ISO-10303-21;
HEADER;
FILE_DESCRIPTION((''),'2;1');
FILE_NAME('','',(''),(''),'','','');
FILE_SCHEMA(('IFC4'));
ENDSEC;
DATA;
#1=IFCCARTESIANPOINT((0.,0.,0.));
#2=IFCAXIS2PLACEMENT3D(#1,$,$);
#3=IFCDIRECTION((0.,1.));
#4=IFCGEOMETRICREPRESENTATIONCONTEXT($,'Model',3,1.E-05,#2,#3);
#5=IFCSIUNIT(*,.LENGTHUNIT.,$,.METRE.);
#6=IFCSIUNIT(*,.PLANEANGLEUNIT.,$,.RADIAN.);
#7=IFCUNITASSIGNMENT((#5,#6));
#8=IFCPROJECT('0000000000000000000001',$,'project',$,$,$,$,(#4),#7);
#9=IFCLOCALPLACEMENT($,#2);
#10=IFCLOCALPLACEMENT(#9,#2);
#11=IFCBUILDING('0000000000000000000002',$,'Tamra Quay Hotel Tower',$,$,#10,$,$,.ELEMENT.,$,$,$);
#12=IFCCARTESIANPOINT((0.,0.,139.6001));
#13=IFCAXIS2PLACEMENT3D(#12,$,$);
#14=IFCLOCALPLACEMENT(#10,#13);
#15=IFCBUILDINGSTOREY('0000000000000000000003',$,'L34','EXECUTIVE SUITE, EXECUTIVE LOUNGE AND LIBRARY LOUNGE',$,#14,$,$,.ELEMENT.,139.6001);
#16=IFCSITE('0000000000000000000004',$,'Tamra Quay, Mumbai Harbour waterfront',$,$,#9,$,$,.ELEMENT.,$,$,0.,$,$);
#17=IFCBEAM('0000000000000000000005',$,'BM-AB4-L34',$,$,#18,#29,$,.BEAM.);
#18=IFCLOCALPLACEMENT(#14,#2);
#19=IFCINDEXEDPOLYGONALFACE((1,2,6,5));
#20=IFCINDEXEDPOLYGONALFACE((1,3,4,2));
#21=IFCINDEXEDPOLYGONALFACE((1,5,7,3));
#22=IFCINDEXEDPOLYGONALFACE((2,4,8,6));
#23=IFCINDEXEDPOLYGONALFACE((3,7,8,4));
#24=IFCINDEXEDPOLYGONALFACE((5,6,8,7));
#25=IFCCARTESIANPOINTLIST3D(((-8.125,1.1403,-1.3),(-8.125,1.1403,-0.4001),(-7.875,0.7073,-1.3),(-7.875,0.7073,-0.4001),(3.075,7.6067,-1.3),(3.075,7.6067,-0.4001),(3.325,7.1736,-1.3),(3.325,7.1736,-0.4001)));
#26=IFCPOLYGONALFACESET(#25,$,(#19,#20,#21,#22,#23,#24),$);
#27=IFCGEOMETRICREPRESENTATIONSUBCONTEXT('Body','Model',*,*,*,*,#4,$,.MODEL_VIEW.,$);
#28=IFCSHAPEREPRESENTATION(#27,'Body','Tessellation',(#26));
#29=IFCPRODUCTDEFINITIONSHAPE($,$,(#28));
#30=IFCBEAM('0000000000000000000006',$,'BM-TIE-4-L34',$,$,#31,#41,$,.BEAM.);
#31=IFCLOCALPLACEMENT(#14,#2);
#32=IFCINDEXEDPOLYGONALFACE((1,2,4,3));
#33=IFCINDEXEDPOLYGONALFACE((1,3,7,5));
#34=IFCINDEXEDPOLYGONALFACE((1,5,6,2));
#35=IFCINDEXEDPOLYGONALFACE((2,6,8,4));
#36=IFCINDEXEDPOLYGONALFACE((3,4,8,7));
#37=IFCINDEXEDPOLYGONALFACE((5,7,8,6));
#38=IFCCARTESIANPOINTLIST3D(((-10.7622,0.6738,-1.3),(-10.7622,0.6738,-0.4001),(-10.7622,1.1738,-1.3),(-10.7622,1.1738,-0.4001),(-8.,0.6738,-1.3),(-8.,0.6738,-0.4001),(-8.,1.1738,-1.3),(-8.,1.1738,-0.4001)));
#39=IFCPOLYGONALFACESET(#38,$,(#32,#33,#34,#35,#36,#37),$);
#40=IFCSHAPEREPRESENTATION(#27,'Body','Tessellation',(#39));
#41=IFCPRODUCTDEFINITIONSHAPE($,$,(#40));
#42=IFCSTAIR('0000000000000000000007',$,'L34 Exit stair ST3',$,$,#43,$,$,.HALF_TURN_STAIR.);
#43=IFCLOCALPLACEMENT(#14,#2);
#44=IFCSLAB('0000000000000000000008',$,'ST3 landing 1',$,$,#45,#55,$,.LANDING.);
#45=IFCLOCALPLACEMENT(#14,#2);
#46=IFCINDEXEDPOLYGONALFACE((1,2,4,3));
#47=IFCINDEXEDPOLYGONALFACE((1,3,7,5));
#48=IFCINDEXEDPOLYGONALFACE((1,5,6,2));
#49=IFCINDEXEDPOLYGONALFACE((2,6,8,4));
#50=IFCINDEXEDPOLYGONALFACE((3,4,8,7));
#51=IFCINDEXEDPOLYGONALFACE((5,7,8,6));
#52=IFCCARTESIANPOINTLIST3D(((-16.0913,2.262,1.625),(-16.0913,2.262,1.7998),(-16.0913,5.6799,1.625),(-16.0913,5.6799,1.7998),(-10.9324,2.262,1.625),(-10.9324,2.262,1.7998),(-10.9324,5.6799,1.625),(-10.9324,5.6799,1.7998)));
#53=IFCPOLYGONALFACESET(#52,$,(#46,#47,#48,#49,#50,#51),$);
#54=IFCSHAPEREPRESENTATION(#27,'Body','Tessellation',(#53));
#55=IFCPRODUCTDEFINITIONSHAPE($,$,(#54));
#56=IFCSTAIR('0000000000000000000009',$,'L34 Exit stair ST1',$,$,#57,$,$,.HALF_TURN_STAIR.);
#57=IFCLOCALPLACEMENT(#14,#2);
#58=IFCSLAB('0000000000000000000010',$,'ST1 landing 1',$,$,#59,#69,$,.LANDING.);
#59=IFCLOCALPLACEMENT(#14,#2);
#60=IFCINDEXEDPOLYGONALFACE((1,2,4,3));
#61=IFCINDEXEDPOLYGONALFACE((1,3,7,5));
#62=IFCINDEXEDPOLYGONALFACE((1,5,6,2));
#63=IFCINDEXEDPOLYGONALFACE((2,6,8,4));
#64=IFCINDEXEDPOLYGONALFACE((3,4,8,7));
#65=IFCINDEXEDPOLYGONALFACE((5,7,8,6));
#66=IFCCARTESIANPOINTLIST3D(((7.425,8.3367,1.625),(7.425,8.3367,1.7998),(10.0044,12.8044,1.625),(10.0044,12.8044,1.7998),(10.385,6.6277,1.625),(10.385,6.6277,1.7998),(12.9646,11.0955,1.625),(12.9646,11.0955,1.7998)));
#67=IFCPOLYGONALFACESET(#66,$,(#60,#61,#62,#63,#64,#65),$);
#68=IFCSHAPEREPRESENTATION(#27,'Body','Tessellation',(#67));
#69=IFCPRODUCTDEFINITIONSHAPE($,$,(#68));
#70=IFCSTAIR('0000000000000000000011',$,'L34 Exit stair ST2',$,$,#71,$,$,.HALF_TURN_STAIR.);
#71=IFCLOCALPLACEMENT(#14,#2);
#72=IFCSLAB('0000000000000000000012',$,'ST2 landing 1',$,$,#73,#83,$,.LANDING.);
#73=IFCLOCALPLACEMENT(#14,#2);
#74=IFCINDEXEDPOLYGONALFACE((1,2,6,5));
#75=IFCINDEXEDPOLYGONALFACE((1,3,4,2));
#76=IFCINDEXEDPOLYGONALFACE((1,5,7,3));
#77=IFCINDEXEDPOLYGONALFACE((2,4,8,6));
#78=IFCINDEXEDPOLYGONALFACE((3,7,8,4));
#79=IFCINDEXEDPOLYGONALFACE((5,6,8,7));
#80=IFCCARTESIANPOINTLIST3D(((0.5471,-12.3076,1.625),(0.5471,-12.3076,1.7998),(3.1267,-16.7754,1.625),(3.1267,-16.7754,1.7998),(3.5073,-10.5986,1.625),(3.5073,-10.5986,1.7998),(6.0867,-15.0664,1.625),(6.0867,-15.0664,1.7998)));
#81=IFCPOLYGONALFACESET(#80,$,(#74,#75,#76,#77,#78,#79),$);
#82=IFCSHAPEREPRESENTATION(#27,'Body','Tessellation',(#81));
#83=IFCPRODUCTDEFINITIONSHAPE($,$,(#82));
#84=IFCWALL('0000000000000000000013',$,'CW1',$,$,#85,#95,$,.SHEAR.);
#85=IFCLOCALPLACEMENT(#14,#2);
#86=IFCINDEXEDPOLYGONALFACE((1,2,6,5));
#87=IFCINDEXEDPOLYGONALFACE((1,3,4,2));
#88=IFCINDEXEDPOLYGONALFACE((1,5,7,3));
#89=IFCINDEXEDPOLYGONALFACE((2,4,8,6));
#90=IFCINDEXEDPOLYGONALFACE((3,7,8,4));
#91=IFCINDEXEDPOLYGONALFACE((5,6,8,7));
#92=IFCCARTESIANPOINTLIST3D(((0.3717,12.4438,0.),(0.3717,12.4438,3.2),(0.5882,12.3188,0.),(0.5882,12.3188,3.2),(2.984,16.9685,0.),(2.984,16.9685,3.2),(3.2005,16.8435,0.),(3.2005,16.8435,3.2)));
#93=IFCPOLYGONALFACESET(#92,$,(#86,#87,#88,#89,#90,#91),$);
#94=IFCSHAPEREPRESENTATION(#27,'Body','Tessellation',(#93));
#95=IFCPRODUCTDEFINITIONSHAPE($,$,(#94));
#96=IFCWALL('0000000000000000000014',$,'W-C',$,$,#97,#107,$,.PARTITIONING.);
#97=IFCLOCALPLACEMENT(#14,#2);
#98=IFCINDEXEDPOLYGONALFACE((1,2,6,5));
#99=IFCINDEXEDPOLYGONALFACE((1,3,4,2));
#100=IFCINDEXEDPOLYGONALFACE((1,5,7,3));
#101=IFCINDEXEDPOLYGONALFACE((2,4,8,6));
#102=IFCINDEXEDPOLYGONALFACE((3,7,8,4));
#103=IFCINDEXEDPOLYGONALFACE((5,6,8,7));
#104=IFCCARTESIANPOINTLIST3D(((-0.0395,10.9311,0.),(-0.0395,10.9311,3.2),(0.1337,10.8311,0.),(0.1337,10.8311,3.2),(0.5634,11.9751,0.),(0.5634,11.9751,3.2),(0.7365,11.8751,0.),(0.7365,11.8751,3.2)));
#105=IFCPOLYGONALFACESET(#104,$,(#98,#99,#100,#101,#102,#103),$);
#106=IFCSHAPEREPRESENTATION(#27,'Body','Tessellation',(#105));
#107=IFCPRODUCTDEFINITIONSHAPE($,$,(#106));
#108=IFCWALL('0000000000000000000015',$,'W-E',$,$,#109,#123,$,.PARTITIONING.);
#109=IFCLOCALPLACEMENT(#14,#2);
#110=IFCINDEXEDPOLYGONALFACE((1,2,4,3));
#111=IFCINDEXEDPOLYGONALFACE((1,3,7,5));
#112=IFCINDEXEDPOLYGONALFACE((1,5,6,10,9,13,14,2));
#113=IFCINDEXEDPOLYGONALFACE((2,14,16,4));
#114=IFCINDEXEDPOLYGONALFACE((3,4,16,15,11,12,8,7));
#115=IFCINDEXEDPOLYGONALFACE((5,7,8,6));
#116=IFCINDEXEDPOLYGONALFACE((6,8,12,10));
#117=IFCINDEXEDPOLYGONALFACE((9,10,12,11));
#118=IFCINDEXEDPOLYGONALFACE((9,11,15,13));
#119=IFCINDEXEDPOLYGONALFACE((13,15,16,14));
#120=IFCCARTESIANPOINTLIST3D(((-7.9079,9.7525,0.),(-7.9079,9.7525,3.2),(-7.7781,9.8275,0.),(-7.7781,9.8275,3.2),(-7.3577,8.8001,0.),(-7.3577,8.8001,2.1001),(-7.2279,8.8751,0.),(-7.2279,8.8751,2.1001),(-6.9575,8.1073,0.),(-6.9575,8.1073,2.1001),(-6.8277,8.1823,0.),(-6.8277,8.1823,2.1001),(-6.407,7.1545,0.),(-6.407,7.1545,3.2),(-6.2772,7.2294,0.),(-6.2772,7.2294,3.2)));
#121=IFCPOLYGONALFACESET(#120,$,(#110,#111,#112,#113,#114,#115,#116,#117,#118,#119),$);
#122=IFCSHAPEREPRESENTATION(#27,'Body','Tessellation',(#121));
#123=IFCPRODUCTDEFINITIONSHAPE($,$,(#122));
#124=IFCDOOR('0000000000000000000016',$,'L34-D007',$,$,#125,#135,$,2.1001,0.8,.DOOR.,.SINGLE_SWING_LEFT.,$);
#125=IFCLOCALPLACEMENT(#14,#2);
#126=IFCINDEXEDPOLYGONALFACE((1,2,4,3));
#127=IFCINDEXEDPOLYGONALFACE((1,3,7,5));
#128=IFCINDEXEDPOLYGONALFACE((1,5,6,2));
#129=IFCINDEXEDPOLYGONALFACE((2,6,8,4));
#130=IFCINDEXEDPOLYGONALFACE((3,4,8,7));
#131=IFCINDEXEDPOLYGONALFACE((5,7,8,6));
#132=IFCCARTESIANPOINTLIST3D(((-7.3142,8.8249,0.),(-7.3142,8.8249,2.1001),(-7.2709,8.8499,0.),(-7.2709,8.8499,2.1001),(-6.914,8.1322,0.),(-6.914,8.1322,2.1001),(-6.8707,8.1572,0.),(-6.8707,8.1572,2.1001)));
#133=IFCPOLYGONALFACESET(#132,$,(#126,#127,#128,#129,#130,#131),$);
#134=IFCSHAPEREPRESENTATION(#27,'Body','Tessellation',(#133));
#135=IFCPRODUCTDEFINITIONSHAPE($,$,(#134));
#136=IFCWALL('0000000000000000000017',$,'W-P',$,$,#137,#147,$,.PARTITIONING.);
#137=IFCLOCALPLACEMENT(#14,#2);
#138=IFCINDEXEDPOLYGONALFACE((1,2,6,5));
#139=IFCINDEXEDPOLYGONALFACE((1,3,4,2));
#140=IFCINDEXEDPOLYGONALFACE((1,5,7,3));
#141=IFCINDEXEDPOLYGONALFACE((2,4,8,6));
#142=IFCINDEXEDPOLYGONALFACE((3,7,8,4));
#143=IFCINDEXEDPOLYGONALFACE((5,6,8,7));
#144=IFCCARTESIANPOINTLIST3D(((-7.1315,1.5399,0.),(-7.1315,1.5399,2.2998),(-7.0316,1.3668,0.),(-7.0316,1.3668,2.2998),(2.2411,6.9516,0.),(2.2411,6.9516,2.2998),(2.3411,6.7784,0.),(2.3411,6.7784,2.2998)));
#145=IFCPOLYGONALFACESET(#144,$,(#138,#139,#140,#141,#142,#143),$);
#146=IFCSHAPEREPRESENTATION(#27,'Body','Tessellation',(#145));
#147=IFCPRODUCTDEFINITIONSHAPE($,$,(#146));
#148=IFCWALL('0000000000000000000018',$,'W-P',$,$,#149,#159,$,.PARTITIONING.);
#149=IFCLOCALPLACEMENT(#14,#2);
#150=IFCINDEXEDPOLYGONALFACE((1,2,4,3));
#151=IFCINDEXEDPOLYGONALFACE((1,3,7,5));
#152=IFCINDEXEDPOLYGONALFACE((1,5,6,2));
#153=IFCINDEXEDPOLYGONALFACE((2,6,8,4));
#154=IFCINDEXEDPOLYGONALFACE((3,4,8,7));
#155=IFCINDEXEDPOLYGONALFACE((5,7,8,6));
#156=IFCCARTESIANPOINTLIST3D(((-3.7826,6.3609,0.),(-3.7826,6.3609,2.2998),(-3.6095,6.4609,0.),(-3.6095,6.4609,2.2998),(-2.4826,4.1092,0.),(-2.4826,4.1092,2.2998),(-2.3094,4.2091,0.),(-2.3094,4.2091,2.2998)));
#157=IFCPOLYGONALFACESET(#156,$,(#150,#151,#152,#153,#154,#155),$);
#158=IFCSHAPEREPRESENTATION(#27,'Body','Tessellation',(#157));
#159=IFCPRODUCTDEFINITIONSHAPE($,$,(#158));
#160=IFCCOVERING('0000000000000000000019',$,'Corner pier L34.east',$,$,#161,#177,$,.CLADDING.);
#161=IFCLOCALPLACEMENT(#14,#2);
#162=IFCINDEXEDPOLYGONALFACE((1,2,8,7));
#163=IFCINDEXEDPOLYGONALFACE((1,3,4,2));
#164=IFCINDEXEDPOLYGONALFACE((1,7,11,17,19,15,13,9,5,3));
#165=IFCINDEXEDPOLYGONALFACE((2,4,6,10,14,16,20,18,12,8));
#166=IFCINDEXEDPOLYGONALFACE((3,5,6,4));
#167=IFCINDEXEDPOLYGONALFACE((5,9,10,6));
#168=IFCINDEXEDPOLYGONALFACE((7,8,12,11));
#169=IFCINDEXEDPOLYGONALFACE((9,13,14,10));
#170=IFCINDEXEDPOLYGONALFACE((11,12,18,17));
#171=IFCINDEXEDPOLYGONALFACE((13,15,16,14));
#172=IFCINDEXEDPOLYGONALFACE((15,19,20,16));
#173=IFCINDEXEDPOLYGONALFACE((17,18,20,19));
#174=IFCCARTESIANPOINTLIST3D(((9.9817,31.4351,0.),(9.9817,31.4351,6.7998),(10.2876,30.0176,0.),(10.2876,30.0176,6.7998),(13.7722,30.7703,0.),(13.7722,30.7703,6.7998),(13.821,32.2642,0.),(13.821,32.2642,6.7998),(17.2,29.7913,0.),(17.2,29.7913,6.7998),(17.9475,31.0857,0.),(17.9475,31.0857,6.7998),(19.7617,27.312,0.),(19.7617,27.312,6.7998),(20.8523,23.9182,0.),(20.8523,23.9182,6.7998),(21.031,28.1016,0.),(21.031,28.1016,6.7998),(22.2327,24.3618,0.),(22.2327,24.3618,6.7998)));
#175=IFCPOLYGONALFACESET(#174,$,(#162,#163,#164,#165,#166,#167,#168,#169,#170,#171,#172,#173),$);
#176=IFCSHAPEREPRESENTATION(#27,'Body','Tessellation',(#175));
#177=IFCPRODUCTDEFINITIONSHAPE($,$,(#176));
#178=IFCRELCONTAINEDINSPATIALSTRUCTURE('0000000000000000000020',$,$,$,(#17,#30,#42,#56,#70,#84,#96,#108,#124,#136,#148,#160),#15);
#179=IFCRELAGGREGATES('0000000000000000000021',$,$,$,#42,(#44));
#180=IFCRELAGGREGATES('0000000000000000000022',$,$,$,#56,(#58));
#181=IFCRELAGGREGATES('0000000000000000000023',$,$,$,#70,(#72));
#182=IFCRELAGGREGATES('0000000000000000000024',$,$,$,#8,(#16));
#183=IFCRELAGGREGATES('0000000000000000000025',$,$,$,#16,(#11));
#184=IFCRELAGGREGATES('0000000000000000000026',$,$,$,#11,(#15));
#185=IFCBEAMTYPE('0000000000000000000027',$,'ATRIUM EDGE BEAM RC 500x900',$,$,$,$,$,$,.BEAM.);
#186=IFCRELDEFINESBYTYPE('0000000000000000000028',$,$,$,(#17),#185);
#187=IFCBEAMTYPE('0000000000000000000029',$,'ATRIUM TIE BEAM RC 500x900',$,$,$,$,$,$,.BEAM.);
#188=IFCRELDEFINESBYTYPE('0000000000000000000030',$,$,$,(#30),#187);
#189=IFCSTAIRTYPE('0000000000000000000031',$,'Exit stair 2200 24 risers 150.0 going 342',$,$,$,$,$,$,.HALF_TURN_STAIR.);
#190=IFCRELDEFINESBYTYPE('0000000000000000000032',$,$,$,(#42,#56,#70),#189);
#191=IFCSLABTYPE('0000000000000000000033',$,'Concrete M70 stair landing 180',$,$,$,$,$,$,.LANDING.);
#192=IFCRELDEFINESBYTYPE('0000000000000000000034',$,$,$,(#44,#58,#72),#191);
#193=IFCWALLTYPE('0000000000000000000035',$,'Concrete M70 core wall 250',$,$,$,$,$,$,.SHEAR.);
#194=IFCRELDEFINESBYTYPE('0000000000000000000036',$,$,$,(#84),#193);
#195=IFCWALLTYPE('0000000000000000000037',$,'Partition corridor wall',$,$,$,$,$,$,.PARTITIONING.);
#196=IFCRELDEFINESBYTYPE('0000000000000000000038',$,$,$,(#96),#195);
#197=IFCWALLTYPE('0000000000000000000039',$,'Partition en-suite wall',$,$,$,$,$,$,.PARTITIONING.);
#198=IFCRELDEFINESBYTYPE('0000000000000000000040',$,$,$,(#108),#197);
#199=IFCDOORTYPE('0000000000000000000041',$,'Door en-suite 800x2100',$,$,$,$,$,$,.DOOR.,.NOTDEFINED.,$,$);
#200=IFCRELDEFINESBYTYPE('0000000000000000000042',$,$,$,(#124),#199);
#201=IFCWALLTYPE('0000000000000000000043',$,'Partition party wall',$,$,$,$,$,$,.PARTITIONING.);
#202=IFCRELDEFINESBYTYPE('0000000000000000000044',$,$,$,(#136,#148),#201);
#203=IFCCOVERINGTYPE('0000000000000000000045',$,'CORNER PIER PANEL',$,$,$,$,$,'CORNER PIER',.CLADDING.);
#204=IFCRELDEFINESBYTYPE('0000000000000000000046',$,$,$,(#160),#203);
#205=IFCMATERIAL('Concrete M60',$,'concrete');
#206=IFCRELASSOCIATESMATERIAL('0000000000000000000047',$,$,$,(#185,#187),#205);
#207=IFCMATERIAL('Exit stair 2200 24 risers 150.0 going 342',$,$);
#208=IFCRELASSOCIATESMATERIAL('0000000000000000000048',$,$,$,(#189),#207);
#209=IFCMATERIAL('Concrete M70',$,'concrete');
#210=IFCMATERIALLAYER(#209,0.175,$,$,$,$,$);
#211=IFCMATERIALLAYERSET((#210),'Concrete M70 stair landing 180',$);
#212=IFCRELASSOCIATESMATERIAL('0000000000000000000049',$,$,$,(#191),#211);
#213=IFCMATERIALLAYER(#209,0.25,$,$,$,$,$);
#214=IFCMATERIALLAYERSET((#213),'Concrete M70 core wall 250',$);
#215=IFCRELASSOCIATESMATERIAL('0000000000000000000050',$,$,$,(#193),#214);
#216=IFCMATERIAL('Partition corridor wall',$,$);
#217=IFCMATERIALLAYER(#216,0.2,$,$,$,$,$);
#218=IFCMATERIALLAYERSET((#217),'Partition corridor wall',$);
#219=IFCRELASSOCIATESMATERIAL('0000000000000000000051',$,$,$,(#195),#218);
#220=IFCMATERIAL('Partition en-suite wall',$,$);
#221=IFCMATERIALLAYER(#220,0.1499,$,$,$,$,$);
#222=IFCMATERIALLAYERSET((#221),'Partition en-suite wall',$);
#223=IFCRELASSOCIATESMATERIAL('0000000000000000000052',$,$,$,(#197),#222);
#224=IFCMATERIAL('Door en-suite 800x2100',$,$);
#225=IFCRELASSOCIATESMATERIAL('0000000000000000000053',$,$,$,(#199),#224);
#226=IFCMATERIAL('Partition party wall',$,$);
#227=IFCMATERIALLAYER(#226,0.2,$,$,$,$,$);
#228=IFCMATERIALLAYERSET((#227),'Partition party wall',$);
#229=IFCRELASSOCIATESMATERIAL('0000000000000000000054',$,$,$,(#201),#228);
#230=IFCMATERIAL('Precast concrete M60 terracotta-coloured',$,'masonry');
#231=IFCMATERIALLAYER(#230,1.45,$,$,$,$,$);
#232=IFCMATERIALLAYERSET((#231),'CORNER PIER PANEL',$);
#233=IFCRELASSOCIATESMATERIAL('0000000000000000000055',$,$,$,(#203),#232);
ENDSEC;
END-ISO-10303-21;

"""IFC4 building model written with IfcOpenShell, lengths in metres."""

from ifc_helpers import new_model, si_unit, direction, frame, frame_2d, origin, origin_2d, place, context, subcontext, project, spatial, polyline, rectangle, outline, extrude, material, layer, layer_set, material_profile, profile_set, type_object, element, fill, aggregate, save


model = new_model("IFC4")

# Units and contexts
model_context = context("Model", 3, precision=1e-05, world=origin(), true_north=direction((0.0, 1.0)))
body_context = subcontext(model_context, "Body", "Model", "MODEL_VIEW")
ifc_project = project(units=[si_unit("LENGTHUNIT", "METRE"), si_unit("PLANEANGLEUNIT", "RADIAN")], contexts=[model_context])

# Site, building, storey
site_placement = place(None, origin())
site = spatial("IfcSite", under=ifc_project, at=site_placement, Name="Tamra Quay, Mumbai Harbour waterfront", CompositionType="ELEMENT", RefElevation=0.0)
building_placement = place(site_placement, origin())
building = spatial("IfcBuilding", under=site, at=building_placement, Name="Tamra Quay Hotel Tower", CompositionType="ELEMENT")
storey_placement = place(building_placement, frame((0.0, 0.0, 139.6001)))
storey = spatial("IfcBuildingStorey", under=building, at=storey_placement, Name="L34", Description="EXECUTIVE SUITE, EXECUTIVE LOUNGE AND LIBRARY LOUNGE", CompositionType="ELEMENT", Elevation=139.6001)

# Beams
ifc_material_1 = material(Name="Concrete M60", Category="concrete")
ifc_material_profile_1 = material_profile(ifc_material_1, rectangle(XDim=0.5, YDim=0.8999, at=origin_2d()), Name="ATRIUM EDGE BEAM RC 500x900")
ifc_profile_set_1 = profile_set([ifc_material_profile_1], Name="Concrete M60")
beam_type_1 = type_object("IfcBeamType", Name="ATRIUM EDGE BEAM RC 500x900", PredefinedType="BEAM", material=ifc_profile_set_1)
beam_1_placement = place(storey_placement, frame((-8.0, 0.9238, -0.8501), z_axis=(0.866025, 0.500001, 0.0), x_axis=(-0.500001, 0.866025, 0.0)))
element("IfcBeam", 1, at=beam_1_placement, inside=storey, type_object=beam_type_1, Name="BM-AB4-L34", PredefinedType="BEAM", context=body_context, shape_type="SweptSolid", body=[
    extrude(rectangle(XDim=0.5, YDim=0.8999, at=origin_2d()), origin(), (0.0, 0.0, 1.0), 12.9326),
])
ifc_material_profile_2 = material_profile(ifc_material_1, rectangle(XDim=0.5, YDim=0.8999, at=origin_2d()), Name="ATRIUM TIE BEAM RC 500x900")
ifc_profile_set_2 = profile_set([ifc_material_profile_2], Name="Concrete M60")
beam_type_2 = type_object("IfcBeamType", Name="ATRIUM TIE BEAM RC 500x900", PredefinedType="BEAM", material=ifc_profile_set_2)
beam_2_placement = place(storey_placement, frame((-8.0, 0.9238, -0.8501), z_axis=(-1.0, 0.0, 0.0), x_axis=(0.0, -1.0, 0.0)))
element("IfcBeam", 2, at=beam_2_placement, inside=storey, type_object=beam_type_2, Name="BM-TIE-4-L34", PredefinedType="BEAM", context=body_context, shape_type="SweptSolid", body=[
    extrude(rectangle(XDim=0.5, YDim=0.8999, at=origin_2d()), origin(), (0.0, 0.0, 1.0), 2.7622),
])

# Stairs, slabs
ifc_material_2 = material(Name="Exit stair 2200 24 risers 150.0 going 342")
stair_type = type_object("IfcStairType", Name="Exit stair 2200 24 risers 150.0 going 342", PredefinedType="HALF_TURN_STAIR", material=ifc_material_2)
stair_1_placement = place(storey_placement, origin())
stair_1 = element("IfcStair", 3, at=stair_1_placement, inside=storey, type_object=stair_type, Name="L34 Exit stair ST3", PredefinedType="HALF_TURN_STAIR")
ifc_material_3 = material(Name="Concrete M70", Category="concrete")
ifc_layer_1 = layer(ifc_material_3, 0.175)
ifc_layer_set_1 = layer_set([ifc_layer_1], Name="Concrete M70 stair landing 180")
slab_type = type_object("IfcSlabType", Name="Concrete M70 stair landing 180", PredefinedType="LANDING", material=ifc_layer_set_1)
slab_1_placement = place(storey_placement, frame((0.0, 0.0, 1.625)))
slab_1 = element("IfcSlab", 4, at=slab_1_placement, type_object=slab_type, Name="ST3 landing 1", PredefinedType="LANDING", context=body_context, shape_type="SweptSolid", body=[
    extrude(outline(polyline([(-10.9324, 2.262), (-10.9324, 5.6799), (-16.0913, 5.6799), (-16.0913, 2.262), (-10.9324, 2.262)])), origin(), (0.0, 0.0, 1.0), 0.1748),
])
aggregate(stair_1, [slab_1])
stair_2_placement = place(storey_placement, origin())
stair_2 = element("IfcStair", 5, at=stair_2_placement, inside=storey, type_object=stair_type, Name="L34 Exit stair ST1", PredefinedType="HALF_TURN_STAIR")
slab_2_placement = place(storey_placement, frame((0.0, 0.0, 1.625)))
slab_2 = element("IfcSlab", 6, at=slab_2_placement, type_object=slab_type, Name="ST1 landing 1", PredefinedType="LANDING", context=body_context, shape_type="SweptSolid", body=[
    extrude(outline(polyline([(7.425, 8.3367), (10.385, 6.6277), (12.9646, 11.0955), (10.0044, 12.8044), (7.425, 8.3367)])), origin(), (0.0, 0.0, 1.0), 0.1748),
])
aggregate(stair_2, [slab_2])
stair_3_placement = place(storey_placement, origin())
stair_3 = element("IfcStair", 7, at=stair_3_placement, inside=storey, type_object=stair_type, Name="L34 Exit stair ST2", PredefinedType="HALF_TURN_STAIR")
slab_3_placement = place(storey_placement, frame((0.0, 0.0, 1.625)))
slab_3 = element("IfcSlab", 8, at=slab_3_placement, type_object=slab_type, Name="ST2 landing 1", PredefinedType="LANDING", context=body_context, shape_type="SweptSolid", body=[
    extrude(outline(polyline([(3.5073, -10.5986), (0.5471, -12.3076), (3.1267, -16.7754), (6.0867, -15.0664), (3.5073, -10.5986)])), origin(), (0.0, 0.0, 1.0), 0.1748),
])
aggregate(stair_3, [slab_3])

# Walls
ifc_layer_2 = layer(ifc_material_3, 0.25)
ifc_layer_set_2 = layer_set([ifc_layer_2], Name="Concrete M70 core wall 250")
wall_type_1 = type_object("IfcWallType", Name="Concrete M70 core wall 250", PredefinedType="SHEAR", material=ifc_layer_set_2)
wall_1_placement = place(storey_placement, frame((0.48, 12.3813, 0.0), z_axis=(0.0, 0.0, 1.0), x_axis=(0.499999, 0.866026, 0.0)))
element("IfcWall", 9, at=wall_1_placement, inside=storey, type_object=wall_type_1, Name="CW1", PredefinedType="SHEAR", context=body_context, shape_type="SweptSolid", body=[
    extrude(rectangle(XDim=5.2246, YDim=0.25, at=frame_2d((2.6123, 0.0))), origin(), (0.0, 0.0, 1.0), 3.2),
])
ifc_material_4 = material(Name="Partition corridor wall")
ifc_layer_3 = layer(ifc_material_4, 0.2)
ifc_layer_set_3 = layer_set([ifc_layer_3], Name="Partition corridor wall")
wall_type_2 = type_object("IfcWallType", Name="Partition corridor wall", PredefinedType="PARTITIONING", material=ifc_layer_set_3)
wall_2_placement = place(storey_placement, frame((0.0471, 10.8811, 0.0), z_axis=(0.0, 0.0, 1.0), x_axis=(0.500038, 0.866003, 0.0)))
element("IfcWall", 10, at=wall_2_placement, inside=storey, type_object=wall_type_2, Name="W-C", PredefinedType="PARTITIONING", context=body_context, shape_type="SweptSolid", body=[
    extrude(rectangle(XDim=1.2056, YDim=0.2, at=frame_2d((0.6028, 0.0))), origin(), (0.0, 0.0, 1.0), 3.2),
])

# Wall, opening, door
ifc_material_5 = material(Name="Partition en-suite wall")
ifc_layer_4 = layer(ifc_material_5, 0.1499)
ifc_layer_set_4 = layer_set([ifc_layer_4], Name="Partition en-suite wall")
wall_type_3 = type_object("IfcWallType", Name="Partition en-suite wall", PredefinedType="PARTITIONING", material=ifc_layer_set_4)
wall_3_placement = place(storey_placement, frame((-7.843, 9.79, 0.0), z_axis=(0.0, 0.0, 1.0), x_axis=(0.500234, -0.86589, 0.0)))
wall_3 = element("IfcWall", 11, at=wall_3_placement, inside=storey, type_object=wall_type_3, Name="W-E", PredefinedType="PARTITIONING", context=body_context, shape_type="SweptSolid", body=[
    extrude(rectangle(XDim=3.0005, YDim=0.1499, at=frame_2d((1.5002, 0.0))), origin(), (0.0, 0.0, 1.0), 3.2),
])
opening_placement = place(wall_3_placement, frame((1.1001, 0.0, 0.0)))
opening = element("IfcOpeningElement", 12, at=opening_placement, cuts=wall_3, PredefinedType="OPENING", context=body_context, shape_type="SweptSolid", body=[
    extrude(rectangle(XDim=0.8, YDim=2.1001, at=frame_2d((0.3999, 1.05))), frame((0.0, 0.085, 0.0), z_axis=(0.0, -1.0, 0.0), x_axis=(1.0, 0.0, 0.0)), (0.0, 0.0, 1.0), 0.1699),
])
ifc_material_6 = material(Name="Door en-suite 800x2100")
door_type = type_object("IfcDoorType", Name="Door en-suite 800x2100", OperationType="NOTDEFINED", PredefinedType="DOOR", material=ifc_material_6)
door_placement = place(opening_placement, frame((0.8, 0.0, 0.0), z_axis=(0.0, 0.0, 1.0), x_axis=(-1.0, 0.0, 0.0)))
door = element("IfcDoor", 13, at=door_placement, inside=storey, type_object=door_type, Name="L34-D007", OperationType="SINGLE_SWING_LEFT", OverallHeight=2.1001, OverallWidth=0.8, PredefinedType="DOOR", context=body_context, shape_type="SweptSolid", body=[
    extrude(rectangle(XDim=0.8, YDim=2.1001, at=frame_2d((0.3999, 1.05))), frame((0.0, 0.0249, 0.0), z_axis=(0.0, -1.0, 0.0), x_axis=(1.0, 0.0, 0.0)), (0.0, 0.0, 1.0), 0.05),
])
fill(opening, door)

# Walls
ifc_material_7 = material(Name="Partition party wall")
ifc_layer_5 = layer(ifc_material_7, 0.2)
ifc_layer_set_5 = layer_set([ifc_layer_5], Name="Partition party wall")
wall_type_4 = type_object("IfcWallType", Name="Partition party wall", PredefinedType="PARTITIONING", material=ifc_layer_set_5)
wall_4_placement = place(storey_placement, frame((-7.0815, 1.4534, 0.0), z_axis=(0.0, 0.0, 1.0), x_axis=(0.866011, 0.500026, 0.0)))
element("IfcWall", 14, at=wall_4_placement, inside=storey, type_object=wall_type_4, Name="W-P", PredefinedType="PARTITIONING", context=body_context, shape_type="SweptSolid", body=[
    extrude(rectangle(XDim=10.8228, YDim=0.2, at=frame_2d((5.4114, 0.0))), origin(), (0.0, 0.0, 1.0), 2.2998),
])
wall_5_placement = place(storey_placement, frame((-3.696, 6.4109, 0.0), z_axis=(0.0, 0.0, 1.0), x_axis=(0.500007, -0.866021, 0.0)))
element("IfcWall", 15, at=wall_5_placement, inside=storey, type_object=wall_type_4, Name="W-P", PredefinedType="PARTITIONING", context=body_context, shape_type="SweptSolid", body=[
    extrude(rectangle(XDim=2.6001, YDim=0.2, at=frame_2d((1.3, 0.0))), origin(), (0.0, 0.0, 1.0), 2.2998),
])

# Covering
ifc_material_8 = material(Name="Precast concrete M60 terracotta-coloured", Category="masonry")
ifc_layer_6 = layer(ifc_material_8, 1.45)
ifc_layer_set_6 = layer_set([ifc_layer_6], Name="CORNER PIER PANEL")
covering_type = type_object("IfcCoveringType", Name="CORNER PIER PANEL", ElementType="CORNER PIER", PredefinedType="CLADDING", material=ifc_layer_set_6)
covering_1_placement = place(storey_placement, origin())
element("IfcCovering", 16, at=covering_1_placement, inside=storey, type_object=covering_type, Name="Corner pier L34.east", PredefinedType="CLADDING", context=body_context, shape_type="SweptSolid", body=[
    extrude(outline(polyline([(20.8523, 23.9182), (22.2327, 24.3618), (21.031, 28.1016), (17.9475, 31.0857), (13.821, 32.2642), (9.9817, 31.4351), (10.2876, 30.0176), (13.7722, 30.7703), (17.2, 29.7913), (19.7617, 27.312), (20.8523, 23.9182)])), origin(), (0.0, 0.0, 1.0), 6.7998),
])

save(model, "model.ifc")
